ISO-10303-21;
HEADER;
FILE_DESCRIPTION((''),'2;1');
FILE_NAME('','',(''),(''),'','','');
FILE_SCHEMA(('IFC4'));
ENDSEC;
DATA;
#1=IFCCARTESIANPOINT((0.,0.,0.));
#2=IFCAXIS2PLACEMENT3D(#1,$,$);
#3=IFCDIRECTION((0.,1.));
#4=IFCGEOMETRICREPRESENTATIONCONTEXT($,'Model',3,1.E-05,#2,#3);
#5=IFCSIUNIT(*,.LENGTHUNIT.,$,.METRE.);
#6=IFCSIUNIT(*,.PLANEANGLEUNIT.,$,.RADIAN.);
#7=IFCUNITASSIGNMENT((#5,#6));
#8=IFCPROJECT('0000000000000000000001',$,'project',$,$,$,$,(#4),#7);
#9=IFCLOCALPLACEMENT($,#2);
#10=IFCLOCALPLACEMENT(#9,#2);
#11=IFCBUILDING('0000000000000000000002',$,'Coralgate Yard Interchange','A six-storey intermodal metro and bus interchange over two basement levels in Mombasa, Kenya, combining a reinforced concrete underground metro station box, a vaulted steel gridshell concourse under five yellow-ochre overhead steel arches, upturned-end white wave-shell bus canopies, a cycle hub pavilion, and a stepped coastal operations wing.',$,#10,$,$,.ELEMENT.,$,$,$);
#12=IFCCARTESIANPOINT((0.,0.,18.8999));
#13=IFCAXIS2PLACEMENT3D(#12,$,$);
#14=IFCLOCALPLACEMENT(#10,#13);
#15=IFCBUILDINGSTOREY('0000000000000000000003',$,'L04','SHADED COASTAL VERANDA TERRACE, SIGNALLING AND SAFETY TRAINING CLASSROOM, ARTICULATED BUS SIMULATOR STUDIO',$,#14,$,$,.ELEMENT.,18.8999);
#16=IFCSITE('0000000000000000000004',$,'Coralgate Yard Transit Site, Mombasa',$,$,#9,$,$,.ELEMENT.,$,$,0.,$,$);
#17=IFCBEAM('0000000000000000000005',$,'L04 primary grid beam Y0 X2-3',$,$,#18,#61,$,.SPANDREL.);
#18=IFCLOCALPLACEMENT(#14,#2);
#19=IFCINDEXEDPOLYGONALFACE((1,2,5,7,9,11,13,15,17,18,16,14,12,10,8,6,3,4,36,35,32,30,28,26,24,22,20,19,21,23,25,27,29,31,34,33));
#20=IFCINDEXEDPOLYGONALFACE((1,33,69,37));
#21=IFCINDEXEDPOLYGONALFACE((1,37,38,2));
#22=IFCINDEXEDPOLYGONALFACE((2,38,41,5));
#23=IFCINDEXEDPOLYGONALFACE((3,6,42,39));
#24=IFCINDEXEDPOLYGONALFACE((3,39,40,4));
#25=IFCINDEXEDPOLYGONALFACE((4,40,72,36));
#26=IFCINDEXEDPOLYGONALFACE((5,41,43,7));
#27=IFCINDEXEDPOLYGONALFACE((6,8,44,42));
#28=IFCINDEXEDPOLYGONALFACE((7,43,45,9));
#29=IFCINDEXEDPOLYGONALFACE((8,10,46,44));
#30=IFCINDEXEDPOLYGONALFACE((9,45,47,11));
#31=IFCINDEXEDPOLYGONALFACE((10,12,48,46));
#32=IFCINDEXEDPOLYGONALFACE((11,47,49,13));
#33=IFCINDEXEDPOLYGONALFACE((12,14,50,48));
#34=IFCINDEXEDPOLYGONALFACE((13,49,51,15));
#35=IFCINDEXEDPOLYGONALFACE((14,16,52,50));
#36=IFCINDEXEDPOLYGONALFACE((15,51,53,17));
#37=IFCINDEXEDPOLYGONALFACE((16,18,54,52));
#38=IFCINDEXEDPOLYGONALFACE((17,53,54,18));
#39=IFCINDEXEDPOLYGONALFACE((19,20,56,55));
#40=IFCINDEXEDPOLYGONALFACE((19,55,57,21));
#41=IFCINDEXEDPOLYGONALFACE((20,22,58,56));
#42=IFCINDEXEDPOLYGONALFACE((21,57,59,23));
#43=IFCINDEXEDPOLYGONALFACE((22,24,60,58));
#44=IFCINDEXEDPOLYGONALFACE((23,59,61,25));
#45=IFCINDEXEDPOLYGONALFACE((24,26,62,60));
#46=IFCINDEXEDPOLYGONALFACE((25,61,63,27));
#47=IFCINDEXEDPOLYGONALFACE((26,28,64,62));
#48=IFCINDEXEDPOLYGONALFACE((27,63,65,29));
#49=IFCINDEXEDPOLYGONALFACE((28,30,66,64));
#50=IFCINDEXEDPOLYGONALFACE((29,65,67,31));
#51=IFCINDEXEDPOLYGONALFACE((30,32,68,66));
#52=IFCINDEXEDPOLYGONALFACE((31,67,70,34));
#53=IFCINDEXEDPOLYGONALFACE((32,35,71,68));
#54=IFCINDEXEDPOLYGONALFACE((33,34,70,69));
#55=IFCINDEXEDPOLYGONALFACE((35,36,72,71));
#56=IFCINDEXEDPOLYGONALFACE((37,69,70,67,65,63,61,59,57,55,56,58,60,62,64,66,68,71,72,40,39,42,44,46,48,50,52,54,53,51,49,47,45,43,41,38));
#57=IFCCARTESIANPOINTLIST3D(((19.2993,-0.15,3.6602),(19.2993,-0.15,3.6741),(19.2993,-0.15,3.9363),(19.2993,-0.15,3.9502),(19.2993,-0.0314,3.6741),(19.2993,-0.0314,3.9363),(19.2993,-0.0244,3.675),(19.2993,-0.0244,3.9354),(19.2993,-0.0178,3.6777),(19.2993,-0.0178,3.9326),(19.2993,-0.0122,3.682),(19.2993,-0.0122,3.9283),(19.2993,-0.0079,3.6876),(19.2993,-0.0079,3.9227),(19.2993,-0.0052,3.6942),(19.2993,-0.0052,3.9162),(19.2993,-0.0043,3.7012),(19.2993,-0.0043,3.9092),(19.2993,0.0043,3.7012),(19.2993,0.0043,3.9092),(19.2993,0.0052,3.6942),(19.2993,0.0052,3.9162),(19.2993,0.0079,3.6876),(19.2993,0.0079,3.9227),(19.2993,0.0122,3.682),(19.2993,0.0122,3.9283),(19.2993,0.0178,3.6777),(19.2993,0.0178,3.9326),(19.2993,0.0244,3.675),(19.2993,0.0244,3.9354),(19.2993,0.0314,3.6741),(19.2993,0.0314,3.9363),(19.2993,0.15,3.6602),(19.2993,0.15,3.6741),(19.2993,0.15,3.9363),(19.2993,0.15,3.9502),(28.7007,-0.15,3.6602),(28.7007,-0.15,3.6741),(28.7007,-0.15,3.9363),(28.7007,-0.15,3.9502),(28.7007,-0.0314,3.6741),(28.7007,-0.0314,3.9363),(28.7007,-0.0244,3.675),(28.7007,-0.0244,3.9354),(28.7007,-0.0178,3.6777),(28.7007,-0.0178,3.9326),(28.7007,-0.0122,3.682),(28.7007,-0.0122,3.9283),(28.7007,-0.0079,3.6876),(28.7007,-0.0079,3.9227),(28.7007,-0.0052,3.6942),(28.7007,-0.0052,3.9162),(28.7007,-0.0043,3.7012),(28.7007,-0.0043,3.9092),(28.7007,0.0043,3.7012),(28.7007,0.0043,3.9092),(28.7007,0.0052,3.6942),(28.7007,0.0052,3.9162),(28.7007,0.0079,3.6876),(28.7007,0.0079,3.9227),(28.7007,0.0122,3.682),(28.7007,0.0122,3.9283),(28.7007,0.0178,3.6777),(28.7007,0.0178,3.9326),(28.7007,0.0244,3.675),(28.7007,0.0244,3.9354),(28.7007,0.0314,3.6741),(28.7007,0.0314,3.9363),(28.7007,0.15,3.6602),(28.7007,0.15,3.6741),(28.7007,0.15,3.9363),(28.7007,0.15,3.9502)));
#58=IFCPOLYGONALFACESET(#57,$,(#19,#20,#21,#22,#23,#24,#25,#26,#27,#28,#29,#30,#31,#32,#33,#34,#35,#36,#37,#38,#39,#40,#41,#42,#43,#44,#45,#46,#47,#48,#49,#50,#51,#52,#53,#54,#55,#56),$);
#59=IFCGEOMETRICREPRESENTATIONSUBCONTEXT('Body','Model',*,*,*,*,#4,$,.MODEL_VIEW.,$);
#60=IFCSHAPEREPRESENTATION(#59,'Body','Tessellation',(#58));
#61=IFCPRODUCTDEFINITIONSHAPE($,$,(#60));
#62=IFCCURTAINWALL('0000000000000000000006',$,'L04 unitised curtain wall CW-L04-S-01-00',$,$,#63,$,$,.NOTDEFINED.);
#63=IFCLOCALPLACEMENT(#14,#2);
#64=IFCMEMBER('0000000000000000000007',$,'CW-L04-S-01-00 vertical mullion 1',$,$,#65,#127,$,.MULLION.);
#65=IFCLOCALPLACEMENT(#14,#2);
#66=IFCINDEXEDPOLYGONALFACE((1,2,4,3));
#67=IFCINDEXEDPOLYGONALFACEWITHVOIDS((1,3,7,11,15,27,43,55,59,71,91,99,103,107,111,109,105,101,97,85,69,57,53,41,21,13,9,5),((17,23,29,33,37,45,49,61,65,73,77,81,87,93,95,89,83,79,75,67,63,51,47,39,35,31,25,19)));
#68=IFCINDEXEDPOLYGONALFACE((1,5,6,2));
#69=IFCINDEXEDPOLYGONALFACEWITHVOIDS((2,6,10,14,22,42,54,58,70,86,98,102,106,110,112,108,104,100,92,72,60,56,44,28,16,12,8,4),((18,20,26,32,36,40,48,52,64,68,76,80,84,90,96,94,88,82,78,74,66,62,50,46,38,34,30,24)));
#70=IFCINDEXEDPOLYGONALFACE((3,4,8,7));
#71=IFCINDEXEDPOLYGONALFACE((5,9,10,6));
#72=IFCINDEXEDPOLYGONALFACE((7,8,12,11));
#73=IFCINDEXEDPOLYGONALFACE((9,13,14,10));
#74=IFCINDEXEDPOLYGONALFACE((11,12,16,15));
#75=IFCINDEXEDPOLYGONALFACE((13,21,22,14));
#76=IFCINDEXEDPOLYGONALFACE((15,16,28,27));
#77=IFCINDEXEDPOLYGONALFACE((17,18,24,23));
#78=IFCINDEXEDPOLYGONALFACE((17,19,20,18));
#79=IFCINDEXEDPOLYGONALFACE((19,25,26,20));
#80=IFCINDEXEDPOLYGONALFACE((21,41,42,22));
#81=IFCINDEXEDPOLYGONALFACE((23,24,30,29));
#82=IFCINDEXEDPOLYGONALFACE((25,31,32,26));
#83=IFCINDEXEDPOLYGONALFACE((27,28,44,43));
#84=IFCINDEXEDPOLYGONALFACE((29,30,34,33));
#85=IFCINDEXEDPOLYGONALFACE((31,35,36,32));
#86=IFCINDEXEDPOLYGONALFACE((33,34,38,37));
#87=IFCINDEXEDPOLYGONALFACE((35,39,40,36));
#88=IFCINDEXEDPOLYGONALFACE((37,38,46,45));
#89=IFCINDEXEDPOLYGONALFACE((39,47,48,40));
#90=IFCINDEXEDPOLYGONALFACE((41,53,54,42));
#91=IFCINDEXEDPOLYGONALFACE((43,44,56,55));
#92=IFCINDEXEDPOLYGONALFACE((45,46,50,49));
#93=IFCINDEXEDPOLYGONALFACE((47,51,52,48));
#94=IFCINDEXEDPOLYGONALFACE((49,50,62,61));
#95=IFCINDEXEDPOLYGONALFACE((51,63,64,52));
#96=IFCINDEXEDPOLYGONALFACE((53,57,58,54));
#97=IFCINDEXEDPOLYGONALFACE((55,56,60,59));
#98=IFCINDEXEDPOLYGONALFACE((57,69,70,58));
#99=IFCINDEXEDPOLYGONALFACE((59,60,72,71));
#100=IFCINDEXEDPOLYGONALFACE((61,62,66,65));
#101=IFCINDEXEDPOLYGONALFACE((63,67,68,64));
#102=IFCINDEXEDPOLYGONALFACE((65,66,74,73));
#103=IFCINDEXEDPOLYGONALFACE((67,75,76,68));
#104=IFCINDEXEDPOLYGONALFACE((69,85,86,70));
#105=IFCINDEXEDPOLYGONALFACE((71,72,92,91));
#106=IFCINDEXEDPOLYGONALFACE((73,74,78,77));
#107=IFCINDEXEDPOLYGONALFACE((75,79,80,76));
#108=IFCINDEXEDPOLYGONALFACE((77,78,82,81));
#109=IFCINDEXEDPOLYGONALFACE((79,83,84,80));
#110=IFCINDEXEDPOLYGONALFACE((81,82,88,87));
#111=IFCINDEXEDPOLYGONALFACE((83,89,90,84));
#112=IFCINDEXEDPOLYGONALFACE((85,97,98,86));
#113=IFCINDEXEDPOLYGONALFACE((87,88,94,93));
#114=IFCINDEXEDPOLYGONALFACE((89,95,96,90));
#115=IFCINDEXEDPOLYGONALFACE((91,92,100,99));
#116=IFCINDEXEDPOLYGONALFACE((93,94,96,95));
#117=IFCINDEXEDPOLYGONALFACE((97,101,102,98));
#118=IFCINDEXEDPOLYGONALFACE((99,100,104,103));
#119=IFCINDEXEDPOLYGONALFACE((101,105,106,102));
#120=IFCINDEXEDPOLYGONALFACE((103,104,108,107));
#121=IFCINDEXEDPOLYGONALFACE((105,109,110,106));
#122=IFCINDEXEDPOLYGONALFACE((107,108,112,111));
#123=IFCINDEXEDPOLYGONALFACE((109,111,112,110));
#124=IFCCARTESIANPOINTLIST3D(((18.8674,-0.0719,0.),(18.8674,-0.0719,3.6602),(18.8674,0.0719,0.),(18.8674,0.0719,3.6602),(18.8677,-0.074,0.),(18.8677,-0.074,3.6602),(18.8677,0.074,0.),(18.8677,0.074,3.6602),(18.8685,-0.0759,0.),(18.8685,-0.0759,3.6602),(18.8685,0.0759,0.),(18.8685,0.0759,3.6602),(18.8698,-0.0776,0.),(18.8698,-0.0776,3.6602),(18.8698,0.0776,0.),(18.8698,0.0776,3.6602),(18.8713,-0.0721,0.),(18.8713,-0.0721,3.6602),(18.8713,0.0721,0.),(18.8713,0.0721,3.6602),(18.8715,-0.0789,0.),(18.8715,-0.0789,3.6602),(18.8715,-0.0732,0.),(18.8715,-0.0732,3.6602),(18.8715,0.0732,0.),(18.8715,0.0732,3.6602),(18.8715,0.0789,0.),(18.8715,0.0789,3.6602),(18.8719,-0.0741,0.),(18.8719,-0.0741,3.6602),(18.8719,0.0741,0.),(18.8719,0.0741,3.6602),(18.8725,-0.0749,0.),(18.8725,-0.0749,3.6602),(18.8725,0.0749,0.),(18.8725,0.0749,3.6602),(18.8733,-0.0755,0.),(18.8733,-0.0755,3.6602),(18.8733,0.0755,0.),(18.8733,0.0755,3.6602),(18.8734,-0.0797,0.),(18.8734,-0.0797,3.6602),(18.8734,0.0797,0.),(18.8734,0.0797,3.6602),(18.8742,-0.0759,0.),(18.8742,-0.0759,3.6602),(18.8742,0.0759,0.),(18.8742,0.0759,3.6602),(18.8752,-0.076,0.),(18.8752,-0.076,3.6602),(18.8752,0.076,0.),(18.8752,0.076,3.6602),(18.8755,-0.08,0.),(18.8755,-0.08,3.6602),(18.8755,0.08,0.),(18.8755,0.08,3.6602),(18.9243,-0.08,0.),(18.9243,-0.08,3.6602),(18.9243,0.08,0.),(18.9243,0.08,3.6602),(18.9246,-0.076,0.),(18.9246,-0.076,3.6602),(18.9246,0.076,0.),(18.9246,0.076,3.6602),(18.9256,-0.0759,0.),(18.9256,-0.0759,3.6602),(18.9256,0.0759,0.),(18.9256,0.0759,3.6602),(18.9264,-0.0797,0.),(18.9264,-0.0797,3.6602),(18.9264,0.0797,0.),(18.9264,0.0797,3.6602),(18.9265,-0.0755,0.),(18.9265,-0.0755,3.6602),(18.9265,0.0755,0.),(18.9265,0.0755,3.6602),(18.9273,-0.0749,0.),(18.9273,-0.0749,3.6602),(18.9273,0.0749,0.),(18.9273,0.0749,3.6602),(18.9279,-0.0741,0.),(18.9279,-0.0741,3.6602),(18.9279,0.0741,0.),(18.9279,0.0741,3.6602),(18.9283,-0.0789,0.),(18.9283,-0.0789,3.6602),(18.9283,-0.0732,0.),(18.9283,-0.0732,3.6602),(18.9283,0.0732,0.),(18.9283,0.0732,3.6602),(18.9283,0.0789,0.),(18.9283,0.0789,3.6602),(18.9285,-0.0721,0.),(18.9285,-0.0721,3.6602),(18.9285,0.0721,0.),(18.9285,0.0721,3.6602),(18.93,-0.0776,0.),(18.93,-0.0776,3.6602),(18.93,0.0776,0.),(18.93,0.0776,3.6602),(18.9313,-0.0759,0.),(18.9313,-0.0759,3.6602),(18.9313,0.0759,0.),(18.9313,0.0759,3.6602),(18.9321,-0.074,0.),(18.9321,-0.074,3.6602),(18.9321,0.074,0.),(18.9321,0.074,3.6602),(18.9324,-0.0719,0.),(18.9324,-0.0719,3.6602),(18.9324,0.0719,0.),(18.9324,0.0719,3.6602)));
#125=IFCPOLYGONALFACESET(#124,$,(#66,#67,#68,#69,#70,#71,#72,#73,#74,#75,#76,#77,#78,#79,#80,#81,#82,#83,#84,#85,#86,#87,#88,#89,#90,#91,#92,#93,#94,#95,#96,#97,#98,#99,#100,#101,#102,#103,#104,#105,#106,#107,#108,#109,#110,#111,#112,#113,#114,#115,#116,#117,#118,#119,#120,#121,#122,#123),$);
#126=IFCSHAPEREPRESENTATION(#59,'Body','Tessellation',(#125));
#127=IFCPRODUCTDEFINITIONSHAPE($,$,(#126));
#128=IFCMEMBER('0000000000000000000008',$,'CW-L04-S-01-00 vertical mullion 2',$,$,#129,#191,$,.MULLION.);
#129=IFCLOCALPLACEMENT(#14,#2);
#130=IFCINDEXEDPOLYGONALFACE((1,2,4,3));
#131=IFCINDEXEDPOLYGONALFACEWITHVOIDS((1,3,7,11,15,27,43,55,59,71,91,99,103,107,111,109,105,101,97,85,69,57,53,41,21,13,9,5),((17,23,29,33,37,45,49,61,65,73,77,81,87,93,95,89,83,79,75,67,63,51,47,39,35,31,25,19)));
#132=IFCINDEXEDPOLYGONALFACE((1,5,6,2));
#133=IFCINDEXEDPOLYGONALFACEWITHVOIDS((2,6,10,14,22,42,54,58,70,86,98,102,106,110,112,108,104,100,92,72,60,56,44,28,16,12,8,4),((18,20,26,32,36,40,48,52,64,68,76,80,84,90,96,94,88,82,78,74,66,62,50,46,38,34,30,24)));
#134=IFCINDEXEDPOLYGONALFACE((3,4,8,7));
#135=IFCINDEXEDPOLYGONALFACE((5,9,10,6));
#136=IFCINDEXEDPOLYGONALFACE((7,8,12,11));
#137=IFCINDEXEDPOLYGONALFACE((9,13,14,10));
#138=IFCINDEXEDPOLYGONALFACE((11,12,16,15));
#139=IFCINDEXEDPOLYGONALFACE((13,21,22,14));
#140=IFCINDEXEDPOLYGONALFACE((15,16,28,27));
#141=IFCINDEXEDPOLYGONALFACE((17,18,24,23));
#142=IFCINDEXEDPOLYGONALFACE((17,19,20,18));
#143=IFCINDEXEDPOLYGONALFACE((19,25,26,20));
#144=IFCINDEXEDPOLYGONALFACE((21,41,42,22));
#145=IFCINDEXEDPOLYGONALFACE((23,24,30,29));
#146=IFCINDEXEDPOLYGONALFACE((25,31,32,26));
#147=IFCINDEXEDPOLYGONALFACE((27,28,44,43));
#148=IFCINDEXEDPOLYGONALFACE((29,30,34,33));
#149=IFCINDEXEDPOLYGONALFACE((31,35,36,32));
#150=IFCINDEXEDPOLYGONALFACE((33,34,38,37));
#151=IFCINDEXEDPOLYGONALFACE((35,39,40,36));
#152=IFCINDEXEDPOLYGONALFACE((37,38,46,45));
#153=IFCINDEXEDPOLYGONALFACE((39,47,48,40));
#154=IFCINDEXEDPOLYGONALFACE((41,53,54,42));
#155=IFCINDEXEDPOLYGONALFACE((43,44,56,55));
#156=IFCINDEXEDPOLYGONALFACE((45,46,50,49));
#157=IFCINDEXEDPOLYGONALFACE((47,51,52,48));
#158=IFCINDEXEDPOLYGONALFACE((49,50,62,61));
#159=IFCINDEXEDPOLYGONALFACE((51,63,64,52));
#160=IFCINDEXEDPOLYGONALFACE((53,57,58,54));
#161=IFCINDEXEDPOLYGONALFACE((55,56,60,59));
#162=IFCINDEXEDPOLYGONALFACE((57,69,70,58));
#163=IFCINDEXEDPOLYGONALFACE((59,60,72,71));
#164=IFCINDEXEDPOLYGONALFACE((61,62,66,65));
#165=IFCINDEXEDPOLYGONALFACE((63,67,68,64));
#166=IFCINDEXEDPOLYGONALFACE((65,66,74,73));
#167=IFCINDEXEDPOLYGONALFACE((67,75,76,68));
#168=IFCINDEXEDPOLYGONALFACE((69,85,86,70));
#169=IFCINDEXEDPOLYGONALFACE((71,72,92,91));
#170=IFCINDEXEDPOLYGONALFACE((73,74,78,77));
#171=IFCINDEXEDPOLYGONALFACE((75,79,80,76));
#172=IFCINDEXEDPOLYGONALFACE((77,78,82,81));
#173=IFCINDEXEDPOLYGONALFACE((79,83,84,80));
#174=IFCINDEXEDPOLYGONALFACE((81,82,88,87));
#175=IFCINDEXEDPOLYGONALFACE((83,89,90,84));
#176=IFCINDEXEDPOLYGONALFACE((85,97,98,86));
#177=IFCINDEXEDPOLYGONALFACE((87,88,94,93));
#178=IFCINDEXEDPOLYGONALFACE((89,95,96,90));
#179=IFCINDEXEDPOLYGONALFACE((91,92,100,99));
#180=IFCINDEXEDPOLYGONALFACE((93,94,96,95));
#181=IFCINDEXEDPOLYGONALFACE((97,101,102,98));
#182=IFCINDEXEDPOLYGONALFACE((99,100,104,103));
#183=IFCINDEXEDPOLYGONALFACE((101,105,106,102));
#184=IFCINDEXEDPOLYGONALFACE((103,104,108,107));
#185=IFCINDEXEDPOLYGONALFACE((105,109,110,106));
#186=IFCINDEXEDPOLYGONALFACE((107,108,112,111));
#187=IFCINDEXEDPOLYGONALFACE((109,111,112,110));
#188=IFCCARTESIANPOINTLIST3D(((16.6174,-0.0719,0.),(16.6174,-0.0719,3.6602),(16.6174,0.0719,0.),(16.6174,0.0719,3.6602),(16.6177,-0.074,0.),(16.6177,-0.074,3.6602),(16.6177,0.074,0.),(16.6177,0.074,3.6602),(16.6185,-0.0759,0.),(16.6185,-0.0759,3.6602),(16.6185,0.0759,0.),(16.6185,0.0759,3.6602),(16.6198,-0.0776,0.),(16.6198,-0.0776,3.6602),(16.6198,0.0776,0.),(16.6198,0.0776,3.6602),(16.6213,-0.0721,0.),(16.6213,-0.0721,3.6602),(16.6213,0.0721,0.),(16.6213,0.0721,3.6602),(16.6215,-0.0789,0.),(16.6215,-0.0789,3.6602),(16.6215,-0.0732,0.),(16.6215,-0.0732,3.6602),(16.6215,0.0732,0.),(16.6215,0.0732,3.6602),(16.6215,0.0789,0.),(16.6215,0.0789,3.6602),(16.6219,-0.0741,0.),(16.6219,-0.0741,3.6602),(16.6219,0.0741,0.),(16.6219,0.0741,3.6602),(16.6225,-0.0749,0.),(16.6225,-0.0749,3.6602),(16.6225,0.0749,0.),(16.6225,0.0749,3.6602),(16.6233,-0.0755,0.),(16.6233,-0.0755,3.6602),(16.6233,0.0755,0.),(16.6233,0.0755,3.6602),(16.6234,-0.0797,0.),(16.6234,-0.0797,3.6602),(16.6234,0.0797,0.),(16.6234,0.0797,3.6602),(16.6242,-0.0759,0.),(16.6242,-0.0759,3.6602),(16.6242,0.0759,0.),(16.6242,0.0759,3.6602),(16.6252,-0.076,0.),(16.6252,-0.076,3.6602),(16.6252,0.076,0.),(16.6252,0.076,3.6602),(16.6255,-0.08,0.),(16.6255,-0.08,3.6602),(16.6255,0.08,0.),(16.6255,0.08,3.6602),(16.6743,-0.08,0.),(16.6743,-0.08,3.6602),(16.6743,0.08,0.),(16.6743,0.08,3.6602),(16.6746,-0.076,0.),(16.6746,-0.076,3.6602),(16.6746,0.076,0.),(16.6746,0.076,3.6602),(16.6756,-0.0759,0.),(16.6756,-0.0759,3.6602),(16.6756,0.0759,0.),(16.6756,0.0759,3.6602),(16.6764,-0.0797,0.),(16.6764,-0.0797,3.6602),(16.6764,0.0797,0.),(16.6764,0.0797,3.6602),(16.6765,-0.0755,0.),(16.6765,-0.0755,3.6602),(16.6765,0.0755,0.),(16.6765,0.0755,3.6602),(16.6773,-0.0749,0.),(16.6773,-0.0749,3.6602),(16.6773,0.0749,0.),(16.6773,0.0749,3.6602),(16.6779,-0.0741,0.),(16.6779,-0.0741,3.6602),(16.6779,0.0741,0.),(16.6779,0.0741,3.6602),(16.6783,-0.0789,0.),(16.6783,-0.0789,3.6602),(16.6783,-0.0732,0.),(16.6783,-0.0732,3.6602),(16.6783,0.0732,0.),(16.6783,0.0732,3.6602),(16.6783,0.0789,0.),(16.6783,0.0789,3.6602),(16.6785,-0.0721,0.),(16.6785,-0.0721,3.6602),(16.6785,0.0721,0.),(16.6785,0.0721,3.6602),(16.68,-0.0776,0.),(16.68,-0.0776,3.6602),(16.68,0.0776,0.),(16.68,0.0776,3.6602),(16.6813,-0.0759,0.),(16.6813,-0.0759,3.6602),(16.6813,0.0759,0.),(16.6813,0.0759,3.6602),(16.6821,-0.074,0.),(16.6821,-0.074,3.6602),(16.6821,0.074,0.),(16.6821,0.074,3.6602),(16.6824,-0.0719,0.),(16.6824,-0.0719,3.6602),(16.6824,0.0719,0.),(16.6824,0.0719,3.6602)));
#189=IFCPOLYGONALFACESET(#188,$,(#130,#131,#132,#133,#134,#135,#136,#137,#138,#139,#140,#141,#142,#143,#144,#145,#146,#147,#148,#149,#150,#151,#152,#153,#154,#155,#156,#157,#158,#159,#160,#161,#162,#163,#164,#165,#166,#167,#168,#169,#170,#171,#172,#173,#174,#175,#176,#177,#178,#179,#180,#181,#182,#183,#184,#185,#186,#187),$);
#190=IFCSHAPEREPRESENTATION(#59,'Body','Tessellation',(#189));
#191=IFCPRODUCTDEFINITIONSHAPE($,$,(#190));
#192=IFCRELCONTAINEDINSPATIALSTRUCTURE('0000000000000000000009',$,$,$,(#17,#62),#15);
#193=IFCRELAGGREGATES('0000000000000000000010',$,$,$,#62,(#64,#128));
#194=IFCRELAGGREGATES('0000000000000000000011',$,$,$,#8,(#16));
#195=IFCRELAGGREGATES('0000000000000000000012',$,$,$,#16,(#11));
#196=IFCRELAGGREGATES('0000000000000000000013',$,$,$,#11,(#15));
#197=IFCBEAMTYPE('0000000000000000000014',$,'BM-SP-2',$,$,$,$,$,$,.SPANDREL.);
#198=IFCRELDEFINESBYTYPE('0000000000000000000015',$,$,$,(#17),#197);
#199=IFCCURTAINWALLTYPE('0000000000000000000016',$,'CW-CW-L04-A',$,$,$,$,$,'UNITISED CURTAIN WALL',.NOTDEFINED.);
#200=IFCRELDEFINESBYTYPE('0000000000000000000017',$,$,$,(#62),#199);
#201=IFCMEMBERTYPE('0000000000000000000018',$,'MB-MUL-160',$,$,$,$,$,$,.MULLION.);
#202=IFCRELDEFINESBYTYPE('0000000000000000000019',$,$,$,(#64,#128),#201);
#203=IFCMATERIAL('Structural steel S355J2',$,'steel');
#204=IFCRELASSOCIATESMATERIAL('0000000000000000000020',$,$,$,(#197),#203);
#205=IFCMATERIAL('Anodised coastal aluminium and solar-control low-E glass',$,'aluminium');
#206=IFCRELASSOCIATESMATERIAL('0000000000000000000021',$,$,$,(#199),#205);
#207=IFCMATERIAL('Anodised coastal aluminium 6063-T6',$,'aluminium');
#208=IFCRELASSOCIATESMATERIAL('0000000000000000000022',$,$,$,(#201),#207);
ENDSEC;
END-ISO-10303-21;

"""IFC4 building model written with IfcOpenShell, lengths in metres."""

from ifc_helpers import new_model, si_unit, direction, frame, origin, origin_2d, place, context, subcontext, project, spatial, hollow_rectangle, i_section, extrude, material, material_profile, profile_set, type_object, element, aggregate, save


model = new_model("IFC4")

# Units and contexts
model_context = context("Model", 3, precision=1e-05, world=origin(), true_north=direction((0.0, 1.0)))
body_context = subcontext(model_context, "Body", "Model", "MODEL_VIEW")
ifc_project = project(units=[si_unit("LENGTHUNIT", "METRE"), si_unit("PLANEANGLEUNIT", "RADIAN")], contexts=[model_context])

# Site, building, storey
site_placement = place(None, origin())
site = spatial("IfcSite", under=ifc_project, at=site_placement, Name="Coralgate Yard Transit Site, Mombasa", CompositionType="ELEMENT", RefElevation=0.0)
building_placement = place(site_placement, origin())
building = spatial("IfcBuilding", under=site, at=building_placement, Name="Coralgate Yard Interchange", Description="A six-storey intermodal metro and bus interchange over two basement levels in Mombasa, Kenya, combining a reinforced concrete underground metro station box, a vaulted steel gridshell concourse under five yellow-ochre overhead steel arches, upturned-end white wave-shell bus canopies, a cycle hub pavilion, and a stepped coastal operations wing.", CompositionType="ELEMENT")
storey_placement = place(building_placement, frame((0.0, 0.0, 18.8999)))
storey = spatial("IfcBuildingStorey", under=building, at=storey_placement, Name="L04", Description="SHADED COASTAL VERANDA TERRACE, SIGNALLING AND SAFETY TRAINING CLASSROOM, ARTICULATED BUS SIMULATOR STUDIO", CompositionType="ELEMENT", Elevation=18.8999)

# Shared definitions
ifc_material_1 = material(Name="Structural steel S355J2", Category="steel")

# Beam
ifc_material_profile_1 = material_profile(ifc_material_1, i_section(OverallWidth=0.3, OverallDepth=0.29, WebThickness=0.0085, FlangeThickness=0.0139, FilletRadius=0.0271, at=origin_2d()), Name="HEA 300")
ifc_profile_set_1 = profile_set([ifc_material_profile_1], Name="Structural steel S355J2")
beam_type_1 = type_object("IfcBeamType", Name="BM-SP-2", PredefinedType="SPANDREL", material=ifc_profile_set_1)
beam_1_placement = place(storey_placement, frame((19.2993, 0.0, 3.8052), z_axis=(1.0, 0.0, 0.0), x_axis=(0.0, 1.0, 0.0)))
element("IfcBeam", 1, at=beam_1_placement, inside=storey, type_object=beam_type_1, Name="L04 primary grid beam Y0 X2-3", PredefinedType="SPANDREL", context=body_context, shape_type="SweptSolid", body=[
    extrude(i_section(OverallWidth=0.3, OverallDepth=0.29, WebThickness=0.0085, FlangeThickness=0.0139, FilletRadius=0.0271, at=origin_2d()), origin(), (0.0, 0.0, 1.0), 9.4014),
])

# Curtain wall, members
ifc_material_2 = material(Name="Anodised coastal aluminium and solar-control low-E glass", Category="aluminium")
curtain_wall_type = type_object("IfcCurtainWallType", Name="CW-CW-L04-A", ElementType="UNITISED CURTAIN WALL", PredefinedType="NOTDEFINED", material=ifc_material_2)
curtain_wall_placement = place(storey_placement, origin())
curtain_wall = element("IfcCurtainWall", 2, at=curtain_wall_placement, inside=storey, type_object=curtain_wall_type, Name="L04 unitised curtain wall CW-L04-S-01-00", PredefinedType="NOTDEFINED")
ifc_material_3 = material(Name="Anodised coastal aluminium 6063-T6", Category="aluminium")
ifc_material_profile_2 = material_profile(ifc_material_3, hollow_rectangle(XDim=0.0649, YDim=0.1599, WallThickness=0.0039, InnerFilletRadius=0.0039, OuterFilletRadius=0.0081, at=origin_2d()), Name="ALU 65x160x4")
ifc_profile_set_2 = profile_set([ifc_material_profile_2], Name="Anodised coastal aluminium 6063-T6")
member_type_1 = type_object("IfcMemberType", Name="MB-MUL-160", PredefinedType="MULLION", material=ifc_profile_set_2)
member_1_placement = place(storey_placement, frame((18.8999, 0.0, 0.0), z_axis=(0.0, 0.0, 1.0), x_axis=(1.0, 0.0, 0.0)))
member_1 = element("IfcMember", 3, at=member_1_placement, type_object=member_type_1, Name="CW-L04-S-01-00 vertical mullion 1", PredefinedType="MULLION", context=body_context, shape_type="SweptSolid", body=[
    extrude(hollow_rectangle(XDim=0.0649, YDim=0.1599, WallThickness=0.0039, InnerFilletRadius=0.0039, OuterFilletRadius=0.0081, at=origin_2d()), origin(), (0.0, 0.0, 1.0), 3.6602),
])
member_2_placement = place(storey_placement, frame((16.6499, 0.0, 0.0), z_axis=(0.0, 0.0, 1.0), x_axis=(1.0, 0.0, 0.0)))
member_2 = element("IfcMember", 4, at=member_2_placement, type_object=member_type_1, Name="CW-L04-S-01-00 vertical mullion 2", PredefinedType="MULLION", context=body_context, shape_type="SweptSolid", body=[
    extrude(hollow_rectangle(XDim=0.0649, YDim=0.1599, WallThickness=0.0039, InnerFilletRadius=0.0039, OuterFilletRadius=0.0081, at=origin_2d()), origin(), (0.0, 0.0, 1.0), 3.6602),
])
aggregate(curtain_wall, [member_1, member_2])

save(model, "model.ifc")
